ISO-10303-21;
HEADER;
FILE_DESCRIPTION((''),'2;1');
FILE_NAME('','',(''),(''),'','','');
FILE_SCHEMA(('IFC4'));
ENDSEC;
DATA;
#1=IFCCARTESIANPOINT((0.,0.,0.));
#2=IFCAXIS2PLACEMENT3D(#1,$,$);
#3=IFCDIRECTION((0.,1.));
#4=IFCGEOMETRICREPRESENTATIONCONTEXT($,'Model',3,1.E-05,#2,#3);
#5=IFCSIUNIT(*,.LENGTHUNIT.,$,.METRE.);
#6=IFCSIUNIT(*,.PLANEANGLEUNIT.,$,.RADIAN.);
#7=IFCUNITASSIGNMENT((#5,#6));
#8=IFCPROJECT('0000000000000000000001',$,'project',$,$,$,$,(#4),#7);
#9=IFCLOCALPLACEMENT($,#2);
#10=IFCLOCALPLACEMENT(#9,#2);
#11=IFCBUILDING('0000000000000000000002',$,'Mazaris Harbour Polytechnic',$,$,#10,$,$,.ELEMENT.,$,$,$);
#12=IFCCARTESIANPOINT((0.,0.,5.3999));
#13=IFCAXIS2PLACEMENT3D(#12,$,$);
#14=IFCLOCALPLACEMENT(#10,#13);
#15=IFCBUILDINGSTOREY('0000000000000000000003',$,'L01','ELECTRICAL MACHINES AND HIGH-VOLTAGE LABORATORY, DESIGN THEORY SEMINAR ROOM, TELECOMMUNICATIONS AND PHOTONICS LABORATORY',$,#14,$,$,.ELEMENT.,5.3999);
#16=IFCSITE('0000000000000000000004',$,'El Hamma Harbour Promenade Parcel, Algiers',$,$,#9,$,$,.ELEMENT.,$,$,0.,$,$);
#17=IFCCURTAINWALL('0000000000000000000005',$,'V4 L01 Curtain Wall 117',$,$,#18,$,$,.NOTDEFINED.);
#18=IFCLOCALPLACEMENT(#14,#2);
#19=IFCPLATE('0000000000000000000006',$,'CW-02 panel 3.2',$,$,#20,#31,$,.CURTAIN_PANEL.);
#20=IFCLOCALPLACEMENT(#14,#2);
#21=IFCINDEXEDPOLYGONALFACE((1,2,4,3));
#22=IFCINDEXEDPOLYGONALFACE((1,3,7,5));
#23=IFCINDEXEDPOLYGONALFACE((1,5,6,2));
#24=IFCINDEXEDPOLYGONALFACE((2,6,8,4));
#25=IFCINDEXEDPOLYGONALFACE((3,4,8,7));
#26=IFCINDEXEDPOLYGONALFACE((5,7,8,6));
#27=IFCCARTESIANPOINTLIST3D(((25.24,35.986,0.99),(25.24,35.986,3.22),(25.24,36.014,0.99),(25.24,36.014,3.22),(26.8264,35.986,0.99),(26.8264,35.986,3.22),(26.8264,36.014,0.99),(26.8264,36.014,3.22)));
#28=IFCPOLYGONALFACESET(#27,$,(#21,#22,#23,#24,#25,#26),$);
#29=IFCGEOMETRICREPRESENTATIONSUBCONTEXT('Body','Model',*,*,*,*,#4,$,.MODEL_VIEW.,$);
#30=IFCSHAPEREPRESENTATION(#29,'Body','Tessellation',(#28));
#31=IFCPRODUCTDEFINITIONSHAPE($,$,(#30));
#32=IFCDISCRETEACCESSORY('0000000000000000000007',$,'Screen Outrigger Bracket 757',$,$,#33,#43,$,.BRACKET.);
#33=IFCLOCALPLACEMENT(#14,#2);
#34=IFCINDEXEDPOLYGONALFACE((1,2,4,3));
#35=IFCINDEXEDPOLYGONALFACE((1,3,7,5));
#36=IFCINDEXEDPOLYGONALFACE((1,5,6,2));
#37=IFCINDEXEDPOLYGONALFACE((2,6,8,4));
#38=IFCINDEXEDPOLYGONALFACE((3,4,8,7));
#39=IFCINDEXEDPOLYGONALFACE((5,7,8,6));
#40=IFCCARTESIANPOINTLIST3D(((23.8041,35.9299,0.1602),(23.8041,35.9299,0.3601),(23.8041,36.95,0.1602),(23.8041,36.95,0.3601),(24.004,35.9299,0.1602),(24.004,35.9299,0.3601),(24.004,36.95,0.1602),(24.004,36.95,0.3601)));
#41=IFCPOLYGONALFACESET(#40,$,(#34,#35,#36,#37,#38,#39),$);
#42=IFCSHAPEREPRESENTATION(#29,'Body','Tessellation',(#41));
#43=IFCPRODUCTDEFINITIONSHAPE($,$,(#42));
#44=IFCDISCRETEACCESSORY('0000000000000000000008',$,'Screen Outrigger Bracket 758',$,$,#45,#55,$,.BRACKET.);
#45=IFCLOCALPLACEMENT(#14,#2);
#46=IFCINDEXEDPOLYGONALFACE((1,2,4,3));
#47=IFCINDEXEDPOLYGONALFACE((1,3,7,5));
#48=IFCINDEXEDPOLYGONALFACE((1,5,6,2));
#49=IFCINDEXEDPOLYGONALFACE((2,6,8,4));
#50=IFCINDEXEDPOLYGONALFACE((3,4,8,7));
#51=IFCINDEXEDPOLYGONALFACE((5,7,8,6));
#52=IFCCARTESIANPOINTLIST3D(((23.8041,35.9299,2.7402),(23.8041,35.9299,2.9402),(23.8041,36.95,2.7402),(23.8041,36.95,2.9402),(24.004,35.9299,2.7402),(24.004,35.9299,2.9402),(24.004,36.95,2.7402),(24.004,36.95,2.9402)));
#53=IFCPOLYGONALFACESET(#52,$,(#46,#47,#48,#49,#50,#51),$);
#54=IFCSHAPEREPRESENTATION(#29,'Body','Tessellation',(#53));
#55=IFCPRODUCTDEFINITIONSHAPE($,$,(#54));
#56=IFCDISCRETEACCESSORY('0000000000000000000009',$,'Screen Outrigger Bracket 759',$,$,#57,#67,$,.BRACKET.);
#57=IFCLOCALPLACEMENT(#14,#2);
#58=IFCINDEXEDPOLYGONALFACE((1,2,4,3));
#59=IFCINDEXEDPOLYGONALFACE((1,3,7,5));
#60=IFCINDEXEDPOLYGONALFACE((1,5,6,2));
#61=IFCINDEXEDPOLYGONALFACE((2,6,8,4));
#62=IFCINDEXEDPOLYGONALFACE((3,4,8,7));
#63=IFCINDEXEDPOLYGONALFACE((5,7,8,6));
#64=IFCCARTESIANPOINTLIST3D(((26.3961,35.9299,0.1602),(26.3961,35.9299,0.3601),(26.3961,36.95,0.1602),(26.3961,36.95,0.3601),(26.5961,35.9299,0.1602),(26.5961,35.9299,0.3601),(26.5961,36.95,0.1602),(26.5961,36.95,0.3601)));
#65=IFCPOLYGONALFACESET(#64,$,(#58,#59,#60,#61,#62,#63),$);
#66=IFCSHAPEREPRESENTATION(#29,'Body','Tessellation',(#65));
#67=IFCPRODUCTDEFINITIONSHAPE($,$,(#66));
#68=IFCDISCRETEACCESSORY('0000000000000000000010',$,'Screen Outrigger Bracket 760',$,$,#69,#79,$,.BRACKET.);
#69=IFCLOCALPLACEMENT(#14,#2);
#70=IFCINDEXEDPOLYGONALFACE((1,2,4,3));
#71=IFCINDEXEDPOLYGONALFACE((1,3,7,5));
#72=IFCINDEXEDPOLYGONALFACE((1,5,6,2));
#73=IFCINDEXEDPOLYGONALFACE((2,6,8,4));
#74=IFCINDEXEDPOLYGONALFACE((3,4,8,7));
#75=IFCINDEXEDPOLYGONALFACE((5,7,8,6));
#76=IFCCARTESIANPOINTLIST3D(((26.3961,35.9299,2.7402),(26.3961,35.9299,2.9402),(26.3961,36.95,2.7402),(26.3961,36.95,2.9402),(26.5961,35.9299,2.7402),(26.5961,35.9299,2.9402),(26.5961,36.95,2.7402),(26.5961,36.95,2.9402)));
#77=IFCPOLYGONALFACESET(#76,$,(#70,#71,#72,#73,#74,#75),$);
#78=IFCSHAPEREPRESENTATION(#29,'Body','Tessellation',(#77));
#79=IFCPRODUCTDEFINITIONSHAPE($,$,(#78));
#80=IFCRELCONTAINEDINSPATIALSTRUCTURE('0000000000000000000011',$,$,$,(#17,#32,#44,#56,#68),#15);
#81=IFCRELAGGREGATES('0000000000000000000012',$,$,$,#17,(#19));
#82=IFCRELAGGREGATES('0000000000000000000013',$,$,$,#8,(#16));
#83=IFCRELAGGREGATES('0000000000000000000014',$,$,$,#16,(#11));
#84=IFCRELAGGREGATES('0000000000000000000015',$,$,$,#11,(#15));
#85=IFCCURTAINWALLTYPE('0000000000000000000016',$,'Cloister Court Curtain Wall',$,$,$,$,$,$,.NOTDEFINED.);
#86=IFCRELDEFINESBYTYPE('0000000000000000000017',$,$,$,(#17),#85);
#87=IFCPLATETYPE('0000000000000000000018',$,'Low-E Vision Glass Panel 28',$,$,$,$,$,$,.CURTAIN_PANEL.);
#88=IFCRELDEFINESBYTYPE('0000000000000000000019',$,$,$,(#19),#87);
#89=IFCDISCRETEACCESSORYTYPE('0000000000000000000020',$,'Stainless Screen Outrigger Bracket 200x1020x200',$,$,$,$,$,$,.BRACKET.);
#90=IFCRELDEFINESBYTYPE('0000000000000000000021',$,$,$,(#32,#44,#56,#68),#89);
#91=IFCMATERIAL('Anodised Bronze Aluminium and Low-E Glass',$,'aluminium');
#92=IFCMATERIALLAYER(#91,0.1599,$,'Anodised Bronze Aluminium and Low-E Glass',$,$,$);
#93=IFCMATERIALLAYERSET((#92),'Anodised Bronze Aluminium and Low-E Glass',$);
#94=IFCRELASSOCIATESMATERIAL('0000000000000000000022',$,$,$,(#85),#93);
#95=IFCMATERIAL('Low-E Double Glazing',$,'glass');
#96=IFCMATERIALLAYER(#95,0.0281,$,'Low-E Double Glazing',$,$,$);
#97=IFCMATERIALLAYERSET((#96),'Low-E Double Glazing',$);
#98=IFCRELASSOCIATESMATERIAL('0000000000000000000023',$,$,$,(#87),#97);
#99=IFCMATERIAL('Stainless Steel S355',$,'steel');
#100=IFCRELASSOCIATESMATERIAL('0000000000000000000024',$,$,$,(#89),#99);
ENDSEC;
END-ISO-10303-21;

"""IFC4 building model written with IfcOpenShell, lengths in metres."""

from ifc_helpers import new_model, si_unit, direction, frame, origin, origin_2d, place, context, subcontext, project, spatial, rectangle, extrude, material, layer, layer_set, type_object, element, aggregate, save


model = new_model("IFC4")

# Units and contexts
model_context = context("Model", 3, precision=1e-05, world=origin(), true_north=direction((0.0, 1.0)))
body_context = subcontext(model_context, "Body", "Model", "MODEL_VIEW")
ifc_project = project(units=[si_unit("LENGTHUNIT", "METRE"), si_unit("PLANEANGLEUNIT", "RADIAN")], contexts=[model_context])

# Site, building, storey
site_placement = place(None, origin())
site = spatial("IfcSite", under=ifc_project, at=site_placement, Name="El Hamma Harbour Promenade Parcel, Algiers", CompositionType="ELEMENT", RefElevation=0.0)
building_placement = place(site_placement, origin())
building = spatial("IfcBuilding", under=site, at=building_placement, Name="Mazaris Harbour Polytechnic", CompositionType="ELEMENT")
storey_placement = place(building_placement, frame((0.0, 0.0, 5.3999)))
storey = spatial("IfcBuildingStorey", under=building, at=storey_placement, Name="L01", Description="ELECTRICAL MACHINES AND HIGH-VOLTAGE LABORATORY, DESIGN THEORY SEMINAR ROOM, TELECOMMUNICATIONS AND PHOTONICS LABORATORY", CompositionType="ELEMENT", Elevation=5.3999)

# Shared definitions
ifc_material_1 = material(Name="Anodised Bronze Aluminium and Low-E Glass", Category="aluminium")
ifc_layer_1 = layer(ifc_material_1, 0.1599, Name="Anodised Bronze Aluminium and Low-E Glass")
ifc_layer_set_1 = layer_set([ifc_layer_1], Name="Anodised Bronze Aluminium and Low-E Glass")
curtain_wall_type = type_object("IfcCurtainWallType", Name="Cloister Court Curtain Wall", PredefinedType="NOTDEFINED", material=ifc_layer_set_1)

# Curtain wall
curtain_wall_1_placement = place(storey_placement, origin())
curtain_wall_1 = element("IfcCurtainWall", 1, at=curtain_wall_1_placement, inside=storey, type_object=curtain_wall_type, Name="V4 L01 Curtain Wall 117", PredefinedType="NOTDEFINED")

# Plate
ifc_material_2 = material(Name="Low-E Double Glazing", Category="glass")
ifc_layer_2 = layer(ifc_material_2, 0.0281, Name="Low-E Double Glazing")
ifc_layer_set_2 = layer_set([ifc_layer_2], Name="Low-E Double Glazing")
plate_type = type_object("IfcPlateType", Name="Low-E Vision Glass Panel 28", PredefinedType="CURTAIN_PANEL", material=ifc_layer_set_2)
plate_1_placement = place(storey_placement, frame((26.0332, 36.0, 0.99), z_axis=(0.0, 0.0, 1.0), x_axis=(1.0, 0.0, 0.0)))
plate_1 = element("IfcPlate", 2, at=plate_1_placement, type_object=plate_type, Name="CW-02 panel 3.2", PredefinedType="CURTAIN_PANEL", context=body_context, shape_type="SweptSolid", body=[
    extrude(rectangle(XDim=1.5864, YDim=0.0281, at=origin_2d()), origin(), (0.0, 0.0, 1.0), 2.23),
])
aggregate(curtain_wall_1, [plate_1])

# Discrete accessories
ifc_material_3 = material(Name="Stainless Steel S355", Category="steel")
discrete_accessory_type = type_object("IfcDiscreteAccessoryType", Name="Stainless Screen Outrigger Bracket 200x1020x200", PredefinedType="BRACKET", material=ifc_material_3)
for number, where, z_axis, x_axis, name in (
    (3, (23.9041, 36.4399, 0.1602), (0.0, 0.0, 1.0), (1.0, 0.0, 0.0), "Screen Outrigger Bracket 757"),
    (4, (23.9041, 36.4399, 2.7402), (0.0, 0.0, 1.0), (1.0, 0.0, 0.0), "Screen Outrigger Bracket 758"),
    (5, (26.4961, 36.4399, 0.1602), (0.0, 0.0, 1.0), (1.0, 0.0, 0.0), "Screen Outrigger Bracket 759"),
    (6, (26.4961, 36.4399, 2.7402), (0.0, 0.0, 1.0), (1.0, 0.0, 0.0), "Screen Outrigger Bracket 760"),
):
    element("IfcDiscreteAccessory", number, at=place(storey_placement, frame(where, z_axis=z_axis, x_axis=x_axis)), inside=storey, type_object=discrete_accessory_type, Name=name, PredefinedType="BRACKET", context=body_context, shape_type="SweptSolid", body=[
        extrude(rectangle(XDim=0.2, YDim=1.02, at=origin_2d()), origin(), (0.0, 0.0, 1.0), 0.2),
    ])

save(model, "model.ifc")
